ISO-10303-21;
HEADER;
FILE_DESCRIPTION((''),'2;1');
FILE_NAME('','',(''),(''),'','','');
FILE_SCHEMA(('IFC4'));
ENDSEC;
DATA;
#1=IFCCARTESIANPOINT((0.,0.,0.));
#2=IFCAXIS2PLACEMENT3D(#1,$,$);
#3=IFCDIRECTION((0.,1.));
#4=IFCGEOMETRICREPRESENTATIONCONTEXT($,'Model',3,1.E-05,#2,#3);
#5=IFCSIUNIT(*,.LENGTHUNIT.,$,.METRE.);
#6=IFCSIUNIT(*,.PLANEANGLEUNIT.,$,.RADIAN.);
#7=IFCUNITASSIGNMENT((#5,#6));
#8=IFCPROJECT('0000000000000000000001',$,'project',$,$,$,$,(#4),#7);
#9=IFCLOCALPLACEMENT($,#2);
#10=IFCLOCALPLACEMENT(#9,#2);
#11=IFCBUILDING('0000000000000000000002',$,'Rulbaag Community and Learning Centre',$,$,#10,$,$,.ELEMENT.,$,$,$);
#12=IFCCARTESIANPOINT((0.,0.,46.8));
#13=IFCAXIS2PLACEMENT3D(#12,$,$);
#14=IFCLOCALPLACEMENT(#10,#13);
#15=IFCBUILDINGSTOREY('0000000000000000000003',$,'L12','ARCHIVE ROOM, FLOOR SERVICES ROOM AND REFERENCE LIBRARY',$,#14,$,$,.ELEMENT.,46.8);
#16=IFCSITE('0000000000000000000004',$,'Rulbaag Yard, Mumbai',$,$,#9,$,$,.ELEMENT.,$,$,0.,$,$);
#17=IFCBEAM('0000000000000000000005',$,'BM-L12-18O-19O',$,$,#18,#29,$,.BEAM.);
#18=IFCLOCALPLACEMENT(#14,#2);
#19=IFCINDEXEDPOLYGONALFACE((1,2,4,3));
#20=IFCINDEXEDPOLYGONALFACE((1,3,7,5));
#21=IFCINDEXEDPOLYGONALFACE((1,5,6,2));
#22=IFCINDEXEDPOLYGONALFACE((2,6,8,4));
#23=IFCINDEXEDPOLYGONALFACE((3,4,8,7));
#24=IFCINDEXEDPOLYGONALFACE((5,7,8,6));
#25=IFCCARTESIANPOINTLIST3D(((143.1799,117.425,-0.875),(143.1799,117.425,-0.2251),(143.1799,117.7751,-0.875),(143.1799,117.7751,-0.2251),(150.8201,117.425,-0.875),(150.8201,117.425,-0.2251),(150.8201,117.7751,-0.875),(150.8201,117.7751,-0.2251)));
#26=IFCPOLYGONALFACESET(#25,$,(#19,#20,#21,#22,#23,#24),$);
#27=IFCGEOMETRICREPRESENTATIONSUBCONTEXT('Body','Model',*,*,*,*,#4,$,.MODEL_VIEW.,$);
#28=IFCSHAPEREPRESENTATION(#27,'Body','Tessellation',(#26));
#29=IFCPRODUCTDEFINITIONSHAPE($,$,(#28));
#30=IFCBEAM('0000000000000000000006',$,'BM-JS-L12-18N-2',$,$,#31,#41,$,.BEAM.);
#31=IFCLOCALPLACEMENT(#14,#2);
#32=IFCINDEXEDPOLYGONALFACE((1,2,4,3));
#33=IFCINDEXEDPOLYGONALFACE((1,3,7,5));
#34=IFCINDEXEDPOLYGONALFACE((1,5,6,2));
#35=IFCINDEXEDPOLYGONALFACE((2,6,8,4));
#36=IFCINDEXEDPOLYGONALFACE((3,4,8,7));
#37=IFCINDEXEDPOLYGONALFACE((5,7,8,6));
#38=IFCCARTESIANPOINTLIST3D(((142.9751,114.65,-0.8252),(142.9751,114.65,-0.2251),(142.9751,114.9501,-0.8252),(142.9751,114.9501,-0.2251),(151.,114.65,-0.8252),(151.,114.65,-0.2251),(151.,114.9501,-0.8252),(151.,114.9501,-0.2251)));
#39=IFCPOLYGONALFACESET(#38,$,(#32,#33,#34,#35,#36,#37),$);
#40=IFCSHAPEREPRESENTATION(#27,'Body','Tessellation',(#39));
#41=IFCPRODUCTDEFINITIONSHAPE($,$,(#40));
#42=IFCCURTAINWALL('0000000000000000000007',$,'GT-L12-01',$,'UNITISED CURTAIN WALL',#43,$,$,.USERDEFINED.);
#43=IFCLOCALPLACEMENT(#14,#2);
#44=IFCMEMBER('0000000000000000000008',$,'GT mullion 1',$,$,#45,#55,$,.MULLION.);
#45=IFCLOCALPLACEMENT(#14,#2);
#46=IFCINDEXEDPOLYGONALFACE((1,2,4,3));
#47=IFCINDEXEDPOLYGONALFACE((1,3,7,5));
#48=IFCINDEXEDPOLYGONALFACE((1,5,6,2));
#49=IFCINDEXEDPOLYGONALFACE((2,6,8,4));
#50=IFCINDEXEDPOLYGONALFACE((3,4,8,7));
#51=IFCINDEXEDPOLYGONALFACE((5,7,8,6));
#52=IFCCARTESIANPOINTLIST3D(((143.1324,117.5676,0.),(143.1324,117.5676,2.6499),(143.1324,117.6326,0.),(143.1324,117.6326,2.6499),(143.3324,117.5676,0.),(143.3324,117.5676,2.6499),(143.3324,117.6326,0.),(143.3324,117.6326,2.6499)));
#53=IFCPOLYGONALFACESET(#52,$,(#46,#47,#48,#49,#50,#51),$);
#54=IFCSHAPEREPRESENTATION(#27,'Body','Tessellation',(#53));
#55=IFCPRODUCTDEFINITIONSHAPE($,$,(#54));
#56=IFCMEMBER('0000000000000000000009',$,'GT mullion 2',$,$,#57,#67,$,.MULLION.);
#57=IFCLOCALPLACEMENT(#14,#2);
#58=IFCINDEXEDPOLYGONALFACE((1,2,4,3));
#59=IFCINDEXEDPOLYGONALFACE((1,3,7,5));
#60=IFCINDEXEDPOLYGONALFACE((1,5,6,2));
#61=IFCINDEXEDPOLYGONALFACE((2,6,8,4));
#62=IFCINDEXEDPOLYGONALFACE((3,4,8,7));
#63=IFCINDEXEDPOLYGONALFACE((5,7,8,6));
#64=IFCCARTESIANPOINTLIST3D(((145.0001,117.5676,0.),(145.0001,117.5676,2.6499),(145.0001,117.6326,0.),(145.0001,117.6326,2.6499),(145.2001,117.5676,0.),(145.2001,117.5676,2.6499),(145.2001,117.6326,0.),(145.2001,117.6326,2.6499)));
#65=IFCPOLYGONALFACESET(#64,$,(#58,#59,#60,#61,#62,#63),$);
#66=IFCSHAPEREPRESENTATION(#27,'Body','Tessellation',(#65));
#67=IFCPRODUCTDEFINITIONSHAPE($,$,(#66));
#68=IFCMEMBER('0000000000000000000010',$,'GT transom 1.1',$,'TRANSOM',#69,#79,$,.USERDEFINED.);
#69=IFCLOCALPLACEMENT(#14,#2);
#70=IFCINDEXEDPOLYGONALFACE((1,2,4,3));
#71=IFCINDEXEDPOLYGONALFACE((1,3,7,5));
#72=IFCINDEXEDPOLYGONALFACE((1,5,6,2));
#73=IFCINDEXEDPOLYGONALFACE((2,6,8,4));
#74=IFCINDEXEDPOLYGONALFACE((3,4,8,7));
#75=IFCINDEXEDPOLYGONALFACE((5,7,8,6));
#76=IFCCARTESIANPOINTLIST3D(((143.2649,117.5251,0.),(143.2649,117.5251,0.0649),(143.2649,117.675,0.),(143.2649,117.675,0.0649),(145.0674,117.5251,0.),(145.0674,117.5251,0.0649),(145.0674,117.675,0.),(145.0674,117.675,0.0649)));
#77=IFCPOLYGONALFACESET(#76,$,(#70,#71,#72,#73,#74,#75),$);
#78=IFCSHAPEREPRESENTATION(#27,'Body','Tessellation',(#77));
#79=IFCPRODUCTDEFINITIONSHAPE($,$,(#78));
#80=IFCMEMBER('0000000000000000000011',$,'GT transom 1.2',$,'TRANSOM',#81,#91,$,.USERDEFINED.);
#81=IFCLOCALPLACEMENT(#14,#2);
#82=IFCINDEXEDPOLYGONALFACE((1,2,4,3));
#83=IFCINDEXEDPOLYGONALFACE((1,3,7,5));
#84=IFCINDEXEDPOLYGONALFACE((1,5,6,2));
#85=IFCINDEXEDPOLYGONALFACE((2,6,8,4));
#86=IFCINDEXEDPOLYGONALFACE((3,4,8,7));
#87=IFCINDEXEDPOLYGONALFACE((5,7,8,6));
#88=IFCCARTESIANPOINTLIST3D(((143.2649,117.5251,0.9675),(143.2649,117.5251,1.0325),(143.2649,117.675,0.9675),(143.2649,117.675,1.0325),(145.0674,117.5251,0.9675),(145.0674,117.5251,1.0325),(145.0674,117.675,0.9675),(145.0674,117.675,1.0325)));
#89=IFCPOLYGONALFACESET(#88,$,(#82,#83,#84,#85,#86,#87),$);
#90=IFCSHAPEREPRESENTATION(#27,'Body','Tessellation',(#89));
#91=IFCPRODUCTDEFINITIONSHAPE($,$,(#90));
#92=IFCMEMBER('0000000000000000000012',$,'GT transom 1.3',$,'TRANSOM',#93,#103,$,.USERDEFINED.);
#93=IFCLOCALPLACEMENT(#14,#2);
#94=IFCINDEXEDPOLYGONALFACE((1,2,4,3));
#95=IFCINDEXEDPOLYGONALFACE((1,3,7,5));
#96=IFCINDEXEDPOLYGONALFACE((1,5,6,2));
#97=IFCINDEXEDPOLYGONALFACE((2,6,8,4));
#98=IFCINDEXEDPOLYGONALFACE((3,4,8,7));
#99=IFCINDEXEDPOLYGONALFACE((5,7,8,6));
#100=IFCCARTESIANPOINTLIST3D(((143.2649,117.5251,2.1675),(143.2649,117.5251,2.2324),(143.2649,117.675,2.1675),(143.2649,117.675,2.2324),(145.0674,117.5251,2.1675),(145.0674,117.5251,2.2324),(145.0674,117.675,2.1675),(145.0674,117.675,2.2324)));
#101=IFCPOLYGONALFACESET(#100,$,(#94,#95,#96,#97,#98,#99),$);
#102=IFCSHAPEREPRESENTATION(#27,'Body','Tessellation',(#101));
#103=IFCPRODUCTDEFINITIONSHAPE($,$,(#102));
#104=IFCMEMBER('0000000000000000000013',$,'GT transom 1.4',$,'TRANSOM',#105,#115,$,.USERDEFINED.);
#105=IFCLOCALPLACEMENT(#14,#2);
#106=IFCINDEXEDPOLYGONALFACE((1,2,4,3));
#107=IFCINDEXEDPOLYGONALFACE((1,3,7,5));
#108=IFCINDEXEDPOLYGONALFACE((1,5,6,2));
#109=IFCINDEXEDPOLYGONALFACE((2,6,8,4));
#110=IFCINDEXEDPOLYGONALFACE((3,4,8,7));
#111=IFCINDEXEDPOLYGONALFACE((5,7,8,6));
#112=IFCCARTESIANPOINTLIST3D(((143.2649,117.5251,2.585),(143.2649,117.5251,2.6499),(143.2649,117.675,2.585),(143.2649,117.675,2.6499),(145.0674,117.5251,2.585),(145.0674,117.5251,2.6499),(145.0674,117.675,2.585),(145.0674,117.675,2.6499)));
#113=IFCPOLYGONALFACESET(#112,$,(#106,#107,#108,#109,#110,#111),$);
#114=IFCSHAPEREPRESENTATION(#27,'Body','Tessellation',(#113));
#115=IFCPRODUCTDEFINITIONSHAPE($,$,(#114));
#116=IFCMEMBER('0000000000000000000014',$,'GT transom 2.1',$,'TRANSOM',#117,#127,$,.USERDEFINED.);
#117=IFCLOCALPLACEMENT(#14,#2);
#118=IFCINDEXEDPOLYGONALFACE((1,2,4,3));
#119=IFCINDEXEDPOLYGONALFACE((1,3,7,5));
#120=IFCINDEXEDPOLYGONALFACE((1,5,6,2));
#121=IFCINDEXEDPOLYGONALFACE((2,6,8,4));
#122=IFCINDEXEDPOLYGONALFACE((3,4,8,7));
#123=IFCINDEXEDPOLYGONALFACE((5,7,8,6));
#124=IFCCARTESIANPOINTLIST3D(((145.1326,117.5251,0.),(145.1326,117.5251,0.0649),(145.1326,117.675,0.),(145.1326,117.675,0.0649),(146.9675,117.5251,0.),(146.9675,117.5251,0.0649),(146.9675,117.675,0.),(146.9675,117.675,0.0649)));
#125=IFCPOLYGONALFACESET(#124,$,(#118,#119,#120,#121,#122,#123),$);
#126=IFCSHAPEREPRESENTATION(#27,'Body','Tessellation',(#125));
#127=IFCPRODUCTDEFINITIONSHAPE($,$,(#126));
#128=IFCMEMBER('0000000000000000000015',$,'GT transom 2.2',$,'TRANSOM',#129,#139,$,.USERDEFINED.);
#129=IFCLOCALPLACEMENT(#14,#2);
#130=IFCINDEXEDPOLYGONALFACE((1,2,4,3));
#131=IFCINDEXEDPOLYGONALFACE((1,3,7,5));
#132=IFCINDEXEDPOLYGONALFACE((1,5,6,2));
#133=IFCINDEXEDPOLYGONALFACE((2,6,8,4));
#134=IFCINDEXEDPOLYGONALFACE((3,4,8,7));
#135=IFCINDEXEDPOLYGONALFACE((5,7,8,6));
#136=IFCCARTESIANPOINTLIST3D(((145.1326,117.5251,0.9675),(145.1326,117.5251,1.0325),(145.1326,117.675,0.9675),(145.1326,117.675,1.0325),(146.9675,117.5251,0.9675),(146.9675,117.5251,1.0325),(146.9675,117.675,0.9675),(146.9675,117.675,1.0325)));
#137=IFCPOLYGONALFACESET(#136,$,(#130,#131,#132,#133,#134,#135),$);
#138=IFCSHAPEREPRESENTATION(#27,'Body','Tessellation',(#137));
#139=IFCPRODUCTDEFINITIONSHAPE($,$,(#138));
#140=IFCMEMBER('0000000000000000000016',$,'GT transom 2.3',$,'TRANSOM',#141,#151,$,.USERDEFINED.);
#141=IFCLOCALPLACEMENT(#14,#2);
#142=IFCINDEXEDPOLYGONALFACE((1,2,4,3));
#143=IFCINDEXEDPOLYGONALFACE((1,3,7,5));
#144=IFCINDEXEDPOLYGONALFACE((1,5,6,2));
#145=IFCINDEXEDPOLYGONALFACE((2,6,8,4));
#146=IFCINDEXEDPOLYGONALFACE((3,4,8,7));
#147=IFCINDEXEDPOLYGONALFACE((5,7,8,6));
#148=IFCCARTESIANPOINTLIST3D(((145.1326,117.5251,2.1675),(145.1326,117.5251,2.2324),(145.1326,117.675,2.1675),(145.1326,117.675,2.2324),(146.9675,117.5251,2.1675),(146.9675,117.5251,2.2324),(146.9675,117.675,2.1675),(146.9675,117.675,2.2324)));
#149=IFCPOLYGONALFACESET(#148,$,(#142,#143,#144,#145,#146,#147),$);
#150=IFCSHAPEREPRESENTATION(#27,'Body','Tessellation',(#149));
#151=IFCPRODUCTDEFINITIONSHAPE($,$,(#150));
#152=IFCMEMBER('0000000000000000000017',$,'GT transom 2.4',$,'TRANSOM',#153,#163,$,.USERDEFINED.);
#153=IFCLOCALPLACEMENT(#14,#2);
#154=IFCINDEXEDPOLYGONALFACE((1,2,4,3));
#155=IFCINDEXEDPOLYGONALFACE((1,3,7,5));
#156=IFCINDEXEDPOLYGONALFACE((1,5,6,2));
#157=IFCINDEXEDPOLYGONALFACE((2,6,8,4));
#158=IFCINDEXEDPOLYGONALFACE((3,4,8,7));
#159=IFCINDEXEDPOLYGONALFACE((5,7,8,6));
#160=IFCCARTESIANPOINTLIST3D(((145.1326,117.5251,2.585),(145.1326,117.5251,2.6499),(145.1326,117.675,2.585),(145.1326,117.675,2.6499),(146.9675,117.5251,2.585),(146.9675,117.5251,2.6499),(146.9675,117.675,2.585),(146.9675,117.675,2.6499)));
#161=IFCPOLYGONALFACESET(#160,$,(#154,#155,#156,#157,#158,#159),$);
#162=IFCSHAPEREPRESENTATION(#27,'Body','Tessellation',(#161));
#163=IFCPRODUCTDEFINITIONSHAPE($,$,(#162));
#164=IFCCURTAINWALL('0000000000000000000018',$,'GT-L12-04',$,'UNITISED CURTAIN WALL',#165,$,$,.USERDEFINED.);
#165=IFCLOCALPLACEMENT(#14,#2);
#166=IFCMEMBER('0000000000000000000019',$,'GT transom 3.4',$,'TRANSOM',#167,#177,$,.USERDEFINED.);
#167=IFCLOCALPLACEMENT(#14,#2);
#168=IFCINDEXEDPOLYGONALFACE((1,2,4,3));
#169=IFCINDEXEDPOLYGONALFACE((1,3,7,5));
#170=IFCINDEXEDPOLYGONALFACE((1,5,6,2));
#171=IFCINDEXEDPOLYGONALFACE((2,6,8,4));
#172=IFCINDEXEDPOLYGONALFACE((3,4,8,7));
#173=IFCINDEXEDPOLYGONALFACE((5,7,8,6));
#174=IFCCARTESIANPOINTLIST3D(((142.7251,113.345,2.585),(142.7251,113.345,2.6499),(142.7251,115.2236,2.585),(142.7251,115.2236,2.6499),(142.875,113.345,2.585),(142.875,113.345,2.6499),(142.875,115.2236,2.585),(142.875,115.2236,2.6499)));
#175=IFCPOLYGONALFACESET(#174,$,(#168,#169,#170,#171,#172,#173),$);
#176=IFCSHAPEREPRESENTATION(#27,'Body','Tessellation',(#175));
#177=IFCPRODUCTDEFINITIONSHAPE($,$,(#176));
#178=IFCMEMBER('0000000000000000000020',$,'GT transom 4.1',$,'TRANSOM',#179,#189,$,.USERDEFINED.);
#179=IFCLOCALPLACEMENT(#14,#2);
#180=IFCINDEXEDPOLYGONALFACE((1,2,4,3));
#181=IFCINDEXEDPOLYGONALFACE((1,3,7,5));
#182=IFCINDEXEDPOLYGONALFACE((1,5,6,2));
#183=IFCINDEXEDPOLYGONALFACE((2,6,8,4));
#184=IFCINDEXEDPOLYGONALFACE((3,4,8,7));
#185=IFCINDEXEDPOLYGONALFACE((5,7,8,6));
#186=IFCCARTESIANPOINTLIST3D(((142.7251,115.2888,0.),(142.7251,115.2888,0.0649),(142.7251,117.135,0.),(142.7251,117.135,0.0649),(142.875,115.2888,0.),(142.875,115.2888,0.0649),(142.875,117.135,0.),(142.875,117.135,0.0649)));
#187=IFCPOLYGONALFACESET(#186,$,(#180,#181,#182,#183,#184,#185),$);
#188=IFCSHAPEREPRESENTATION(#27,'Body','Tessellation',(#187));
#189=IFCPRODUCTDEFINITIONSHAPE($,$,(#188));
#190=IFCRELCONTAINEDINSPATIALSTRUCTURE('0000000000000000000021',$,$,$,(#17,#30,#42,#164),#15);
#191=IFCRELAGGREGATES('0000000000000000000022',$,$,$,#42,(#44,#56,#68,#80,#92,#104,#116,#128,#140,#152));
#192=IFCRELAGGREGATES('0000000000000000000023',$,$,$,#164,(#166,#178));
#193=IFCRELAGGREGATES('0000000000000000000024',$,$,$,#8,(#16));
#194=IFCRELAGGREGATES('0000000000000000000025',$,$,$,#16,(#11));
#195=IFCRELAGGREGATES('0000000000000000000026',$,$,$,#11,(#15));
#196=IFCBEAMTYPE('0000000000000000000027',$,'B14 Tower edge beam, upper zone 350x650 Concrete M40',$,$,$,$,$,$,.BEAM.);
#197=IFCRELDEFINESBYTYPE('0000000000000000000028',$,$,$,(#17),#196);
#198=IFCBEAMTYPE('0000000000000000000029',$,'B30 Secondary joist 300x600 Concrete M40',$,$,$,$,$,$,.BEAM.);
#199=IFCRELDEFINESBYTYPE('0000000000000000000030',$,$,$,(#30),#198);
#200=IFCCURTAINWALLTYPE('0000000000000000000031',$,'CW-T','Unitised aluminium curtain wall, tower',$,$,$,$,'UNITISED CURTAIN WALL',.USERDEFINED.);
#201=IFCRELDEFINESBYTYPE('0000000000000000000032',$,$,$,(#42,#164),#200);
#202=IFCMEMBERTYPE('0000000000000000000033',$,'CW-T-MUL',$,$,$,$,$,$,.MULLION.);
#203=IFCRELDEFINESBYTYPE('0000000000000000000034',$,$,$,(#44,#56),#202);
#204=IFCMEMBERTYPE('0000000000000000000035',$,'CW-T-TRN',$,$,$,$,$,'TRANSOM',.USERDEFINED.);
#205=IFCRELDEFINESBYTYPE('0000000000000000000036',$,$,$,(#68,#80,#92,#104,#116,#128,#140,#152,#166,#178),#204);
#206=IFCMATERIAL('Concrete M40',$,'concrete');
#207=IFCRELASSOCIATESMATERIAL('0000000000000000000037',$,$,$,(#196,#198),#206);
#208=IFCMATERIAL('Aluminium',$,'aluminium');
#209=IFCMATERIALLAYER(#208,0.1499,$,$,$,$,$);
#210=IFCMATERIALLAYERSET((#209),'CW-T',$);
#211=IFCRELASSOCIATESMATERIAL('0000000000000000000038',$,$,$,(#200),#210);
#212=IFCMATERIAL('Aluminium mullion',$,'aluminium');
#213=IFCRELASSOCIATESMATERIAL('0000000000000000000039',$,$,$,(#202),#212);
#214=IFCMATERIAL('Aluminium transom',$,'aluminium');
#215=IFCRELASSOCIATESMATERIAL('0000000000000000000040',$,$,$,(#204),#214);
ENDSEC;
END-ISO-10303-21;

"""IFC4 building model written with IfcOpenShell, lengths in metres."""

from ifc_helpers import new_model, si_unit, direction, frame, origin, origin_2d, place, context, subcontext, project, spatial, rectangle, extrude, material, layer, layer_set, material_profile, profile_set, type_object, element, aggregate, save


model = new_model("IFC4")

# Units and contexts
model_context = context("Model", 3, precision=1e-05, world=origin(), true_north=direction((0.0, 1.0)))
body_context = subcontext(model_context, "Body", "Model", "MODEL_VIEW")
ifc_project = project(units=[si_unit("LENGTHUNIT", "METRE"), si_unit("PLANEANGLEUNIT", "RADIAN")], contexts=[model_context])

# Site, building, storey
site_placement = place(None, origin())
site = spatial("IfcSite", under=ifc_project, at=site_placement, Name="Rulbaag Yard, Mumbai", CompositionType="ELEMENT", RefElevation=0.0)
building_placement = place(site_placement, origin())
building = spatial("IfcBuilding", under=site, at=building_placement, Name="Rulbaag Community and Learning Centre", CompositionType="ELEMENT")
storey_placement = place(building_placement, frame((0.0, 0.0, 46.8)))
storey = spatial("IfcBuildingStorey", under=building, at=storey_placement, Name="L12", Description="ARCHIVE ROOM, FLOOR SERVICES ROOM AND REFERENCE LIBRARY", CompositionType="ELEMENT", Elevation=46.8)

# Beams
ifc_material_1 = material(Name="Concrete M40", Category="concrete")
ifc_material_profile_1 = material_profile(ifc_material_1, rectangle(XDim=0.3501, YDim=0.6499, at=origin_2d()), Name="RB350x650")
ifc_profile_set_1 = profile_set([ifc_material_profile_1], Name="Concrete M40")
beam_type_1 = type_object("IfcBeamType", Name="B14 Tower edge beam, upper zone 350x650 Concrete M40", PredefinedType="BEAM", material=ifc_profile_set_1)
beam_1_placement = place(storey_placement, frame((143.1799, 117.6001, -0.55), z_axis=(1.0, 0.0, 0.0), x_axis=(0.0, 1.0, 0.0)))
element("IfcBeam", 1, at=beam_1_placement, inside=storey, type_object=beam_type_1, Name="BM-L12-18O-19O", PredefinedType="BEAM", context=body_context, shape_type="SweptSolid", body=[
    extrude(rectangle(XDim=0.3501, YDim=0.6499, at=origin_2d()), origin(), (0.0, 0.0, 1.0), 7.6401),
])
ifc_material_profile_2 = material_profile(ifc_material_1, rectangle(XDim=0.3, YDim=0.6001, at=origin_2d()), Name="RB300x600")
ifc_profile_set_2 = profile_set([ifc_material_profile_2], Name="Concrete M40")
beam_type_2 = type_object("IfcBeamType", Name="B30 Secondary joist 300x600 Concrete M40", PredefinedType="BEAM", material=ifc_profile_set_2)
beam_2_placement = place(storey_placement, frame((142.9751, 114.8, -0.5251), z_axis=(1.0, 0.0, 0.0), x_axis=(0.0, 1.0, 0.0)))
element("IfcBeam", 2, at=beam_2_placement, inside=storey, type_object=beam_type_2, Name="BM-JS-L12-18N-2", PredefinedType="BEAM", context=body_context, shape_type="SweptSolid", body=[
    extrude(rectangle(XDim=0.3, YDim=0.6001, at=origin_2d()), origin(), (0.0, 0.0, 1.0), 8.0249),
])

# Curtain walls, members
ifc_material_2 = material(Name="Aluminium", Category="aluminium")
ifc_layer_1 = layer(ifc_material_2, 0.1499)
ifc_layer_set_1 = layer_set([ifc_layer_1], Name="CW-T")
curtain_wall_type = type_object("IfcCurtainWallType", Name="CW-T", Description="Unitised aluminium curtain wall, tower", ElementType="UNITISED CURTAIN WALL", PredefinedType="USERDEFINED", material=ifc_layer_set_1)
curtain_wall_1_placement = place(storey_placement, origin())
curtain_wall_1 = element("IfcCurtainWall", 3, at=curtain_wall_1_placement, inside=storey, type_object=curtain_wall_type, Name="GT-L12-01", ObjectType="UNITISED CURTAIN WALL", PredefinedType="USERDEFINED")
ifc_material_3 = material(Name="Aluminium mullion", Category="aluminium")
ifc_material_profile_3 = material_profile(ifc_material_3, rectangle(XDim=0.0649, YDim=0.2, at=origin_2d()), Name="AL 65x200")
ifc_profile_set_3 = profile_set([ifc_material_profile_3], Name="Aluminium mullion")
member_type_1 = type_object("IfcMemberType", Name="CW-T-MUL", PredefinedType="MULLION", material=ifc_profile_set_3)
member_1_placement = place(storey_placement, frame((143.2324, 117.6001, 0.0), z_axis=(0.0, 0.0, 1.0), x_axis=(0.0, 1.0, 0.0)))
member_1 = element("IfcMember", 4, at=member_1_placement, type_object=member_type_1, Name="GT mullion 1", PredefinedType="MULLION", context=body_context, shape_type="SweptSolid", body=[
    extrude(rectangle(XDim=0.0649, YDim=0.2, at=origin_2d()), origin(), (0.0, 0.0, 1.0), 2.6499),
])
member_2_placement = place(storey_placement, frame((145.1001, 117.6001, 0.0), z_axis=(0.0, 0.0, 1.0), x_axis=(0.0, 1.0, 0.0)))
member_2 = element("IfcMember", 5, at=member_2_placement, type_object=member_type_1, Name="GT mullion 2", PredefinedType="MULLION", context=body_context, shape_type="SweptSolid", body=[
    extrude(rectangle(XDim=0.0649, YDim=0.2, at=origin_2d()), origin(), (0.0, 0.0, 1.0), 2.6499),
])
ifc_material_4 = material(Name="Aluminium transom", Category="aluminium")
ifc_material_profile_4 = material_profile(ifc_material_4, rectangle(XDim=0.1499, YDim=0.0649, at=origin_2d()), Name="AL 65x150 T")
ifc_profile_set_4 = profile_set([ifc_material_profile_4], Name="Aluminium transom")
member_type_2 = type_object("IfcMemberType", Name="CW-T-TRN", ElementType="TRANSOM", PredefinedType="USERDEFINED", material=ifc_profile_set_4)
member_3_placement = place(storey_placement, frame((143.2649, 117.6001, 0.0325), z_axis=(1.0, 0.0, 0.0), x_axis=(0.0, 1.0, 0.0)))
member_3 = element("IfcMember", 6, at=member_3_placement, type_object=member_type_2, Name="GT transom 1.1", ObjectType="TRANSOM", PredefinedType="USERDEFINED", context=body_context, shape_type="SweptSolid", body=[
    extrude(rectangle(XDim=0.1499, YDim=0.0649, at=origin_2d()), origin(), (0.0, 0.0, 1.0), 1.8025),
])
member_4_placement = place(storey_placement, frame((143.2649, 117.6001, 1.0), z_axis=(1.0, 0.0, 0.0), x_axis=(0.0, 1.0, 0.0)))
member_4 = element("IfcMember", 7, at=member_4_placement, type_object=member_type_2, Name="GT transom 1.2", ObjectType="TRANSOM", PredefinedType="USERDEFINED", context=body_context, shape_type="SweptSolid", body=[
    extrude(rectangle(XDim=0.1499, YDim=0.0649, at=origin_2d()), origin(), (0.0, 0.0, 1.0), 1.8025),
])
member_5_placement = place(storey_placement, frame((143.2649, 117.6001, 2.2), z_axis=(1.0, 0.0, 0.0), x_axis=(0.0, 1.0, 0.0)))
member_5 = element("IfcMember", 8, at=member_5_placement, type_object=member_type_2, Name="GT transom 1.3", ObjectType="TRANSOM", PredefinedType="USERDEFINED", context=body_context, shape_type="SweptSolid", body=[
    extrude(rectangle(XDim=0.1499, YDim=0.0649, at=origin_2d()), origin(), (0.0, 0.0, 1.0), 1.8025),
])
member_6_placement = place(storey_placement, frame((143.2649, 117.6001, 2.6174), z_axis=(1.0, 0.0, 0.0), x_axis=(0.0, 1.0, 0.0)))
member_6 = element("IfcMember", 9, at=member_6_placement, type_object=member_type_2, Name="GT transom 1.4", ObjectType="TRANSOM", PredefinedType="USERDEFINED", context=body_context, shape_type="SweptSolid", body=[
    extrude(rectangle(XDim=0.1499, YDim=0.0649, at=origin_2d()), origin(), (0.0, 0.0, 1.0), 1.8025),
])
member_7_placement = place(storey_placement, frame((145.1326, 117.6001, 0.0325), z_axis=(1.0, 0.0, 0.0), x_axis=(0.0, 1.0, 0.0)))
member_7 = element("IfcMember", 10, at=member_7_placement, type_object=member_type_2, Name="GT transom 2.1", ObjectType="TRANSOM", PredefinedType="USERDEFINED", context=body_context, shape_type="SweptSolid", body=[
    extrude(rectangle(XDim=0.1499, YDim=0.0649, at=origin_2d()), origin(), (0.0, 0.0, 1.0), 1.835),
])
member_8_placement = place(storey_placement, frame((145.1326, 117.6001, 1.0), z_axis=(1.0, 0.0, 0.0), x_axis=(0.0, 1.0, 0.0)))
member_8 = element("IfcMember", 11, at=member_8_placement, type_object=member_type_2, Name="GT transom 2.2", ObjectType="TRANSOM", PredefinedType="USERDEFINED", context=body_context, shape_type="SweptSolid", body=[
    extrude(rectangle(XDim=0.1499, YDim=0.0649, at=origin_2d()), origin(), (0.0, 0.0, 1.0), 1.835),
])
member_9_placement = place(storey_placement, frame((145.1326, 117.6001, 2.2), z_axis=(1.0, 0.0, 0.0), x_axis=(0.0, 1.0, 0.0)))
member_9 = element("IfcMember", 12, at=member_9_placement, type_object=member_type_2, Name="GT transom 2.3", ObjectType="TRANSOM", PredefinedType="USERDEFINED", context=body_context, shape_type="SweptSolid", body=[
    extrude(rectangle(XDim=0.1499, YDim=0.0649, at=origin_2d()), origin(), (0.0, 0.0, 1.0), 1.835),
])
member_10_placement = place(storey_placement, frame((145.1326, 117.6001, 2.6174), z_axis=(1.0, 0.0, 0.0), x_axis=(0.0, 1.0, 0.0)))
member_10 = element("IfcMember", 13, at=member_10_placement, type_object=member_type_2, Name="GT transom 2.4", ObjectType="TRANSOM", PredefinedType="USERDEFINED", context=body_context, shape_type="SweptSolid", body=[
    extrude(rectangle(XDim=0.1499, YDim=0.0649, at=origin_2d()), origin(), (0.0, 0.0, 1.0), 1.835),
])
curtain_wall_2_placement = place(storey_placement, origin())
curtain_wall_2 = element("IfcCurtainWall", 14, at=curtain_wall_2_placement, inside=storey, type_object=curtain_wall_type, Name="GT-L12-04", ObjectType="UNITISED CURTAIN WALL", PredefinedType="USERDEFINED")
member_11_placement = place(storey_placement, frame((142.8, 113.345, 2.6174), z_axis=(0.0, 1.0, 0.0), x_axis=(-1.0, 0.0, 0.0)))
member_11 = element("IfcMember", 15, at=member_11_placement, type_object=member_type_2, Name="GT transom 3.4", ObjectType="TRANSOM", PredefinedType="USERDEFINED", context=body_context, shape_type="SweptSolid", body=[
    extrude(rectangle(XDim=0.1499, YDim=0.0649, at=origin_2d()), origin(), (0.0, 0.0, 1.0), 1.8787),
])
member_12_placement = place(storey_placement, frame((142.8, 115.2888, 0.0325), z_axis=(0.0, 1.0, 0.0), x_axis=(-1.0, 0.0, 0.0)))
member_12 = element("IfcMember", 16, at=member_12_placement, type_object=member_type_2, Name="GT transom 4.1", ObjectType="TRANSOM", PredefinedType="USERDEFINED", context=body_context, shape_type="SweptSolid", body=[
    extrude(rectangle(XDim=0.1499, YDim=0.0649, at=origin_2d()), origin(), (0.0, 0.0, 1.0), 1.8462),
])

aggregate(curtain_wall_1, [member_1, member_2, member_3, member_4, member_5, member_6, member_7, member_8, member_9, member_10])
aggregate(curtain_wall_2, [member_11, member_12])

save(model, "model.ifc")
